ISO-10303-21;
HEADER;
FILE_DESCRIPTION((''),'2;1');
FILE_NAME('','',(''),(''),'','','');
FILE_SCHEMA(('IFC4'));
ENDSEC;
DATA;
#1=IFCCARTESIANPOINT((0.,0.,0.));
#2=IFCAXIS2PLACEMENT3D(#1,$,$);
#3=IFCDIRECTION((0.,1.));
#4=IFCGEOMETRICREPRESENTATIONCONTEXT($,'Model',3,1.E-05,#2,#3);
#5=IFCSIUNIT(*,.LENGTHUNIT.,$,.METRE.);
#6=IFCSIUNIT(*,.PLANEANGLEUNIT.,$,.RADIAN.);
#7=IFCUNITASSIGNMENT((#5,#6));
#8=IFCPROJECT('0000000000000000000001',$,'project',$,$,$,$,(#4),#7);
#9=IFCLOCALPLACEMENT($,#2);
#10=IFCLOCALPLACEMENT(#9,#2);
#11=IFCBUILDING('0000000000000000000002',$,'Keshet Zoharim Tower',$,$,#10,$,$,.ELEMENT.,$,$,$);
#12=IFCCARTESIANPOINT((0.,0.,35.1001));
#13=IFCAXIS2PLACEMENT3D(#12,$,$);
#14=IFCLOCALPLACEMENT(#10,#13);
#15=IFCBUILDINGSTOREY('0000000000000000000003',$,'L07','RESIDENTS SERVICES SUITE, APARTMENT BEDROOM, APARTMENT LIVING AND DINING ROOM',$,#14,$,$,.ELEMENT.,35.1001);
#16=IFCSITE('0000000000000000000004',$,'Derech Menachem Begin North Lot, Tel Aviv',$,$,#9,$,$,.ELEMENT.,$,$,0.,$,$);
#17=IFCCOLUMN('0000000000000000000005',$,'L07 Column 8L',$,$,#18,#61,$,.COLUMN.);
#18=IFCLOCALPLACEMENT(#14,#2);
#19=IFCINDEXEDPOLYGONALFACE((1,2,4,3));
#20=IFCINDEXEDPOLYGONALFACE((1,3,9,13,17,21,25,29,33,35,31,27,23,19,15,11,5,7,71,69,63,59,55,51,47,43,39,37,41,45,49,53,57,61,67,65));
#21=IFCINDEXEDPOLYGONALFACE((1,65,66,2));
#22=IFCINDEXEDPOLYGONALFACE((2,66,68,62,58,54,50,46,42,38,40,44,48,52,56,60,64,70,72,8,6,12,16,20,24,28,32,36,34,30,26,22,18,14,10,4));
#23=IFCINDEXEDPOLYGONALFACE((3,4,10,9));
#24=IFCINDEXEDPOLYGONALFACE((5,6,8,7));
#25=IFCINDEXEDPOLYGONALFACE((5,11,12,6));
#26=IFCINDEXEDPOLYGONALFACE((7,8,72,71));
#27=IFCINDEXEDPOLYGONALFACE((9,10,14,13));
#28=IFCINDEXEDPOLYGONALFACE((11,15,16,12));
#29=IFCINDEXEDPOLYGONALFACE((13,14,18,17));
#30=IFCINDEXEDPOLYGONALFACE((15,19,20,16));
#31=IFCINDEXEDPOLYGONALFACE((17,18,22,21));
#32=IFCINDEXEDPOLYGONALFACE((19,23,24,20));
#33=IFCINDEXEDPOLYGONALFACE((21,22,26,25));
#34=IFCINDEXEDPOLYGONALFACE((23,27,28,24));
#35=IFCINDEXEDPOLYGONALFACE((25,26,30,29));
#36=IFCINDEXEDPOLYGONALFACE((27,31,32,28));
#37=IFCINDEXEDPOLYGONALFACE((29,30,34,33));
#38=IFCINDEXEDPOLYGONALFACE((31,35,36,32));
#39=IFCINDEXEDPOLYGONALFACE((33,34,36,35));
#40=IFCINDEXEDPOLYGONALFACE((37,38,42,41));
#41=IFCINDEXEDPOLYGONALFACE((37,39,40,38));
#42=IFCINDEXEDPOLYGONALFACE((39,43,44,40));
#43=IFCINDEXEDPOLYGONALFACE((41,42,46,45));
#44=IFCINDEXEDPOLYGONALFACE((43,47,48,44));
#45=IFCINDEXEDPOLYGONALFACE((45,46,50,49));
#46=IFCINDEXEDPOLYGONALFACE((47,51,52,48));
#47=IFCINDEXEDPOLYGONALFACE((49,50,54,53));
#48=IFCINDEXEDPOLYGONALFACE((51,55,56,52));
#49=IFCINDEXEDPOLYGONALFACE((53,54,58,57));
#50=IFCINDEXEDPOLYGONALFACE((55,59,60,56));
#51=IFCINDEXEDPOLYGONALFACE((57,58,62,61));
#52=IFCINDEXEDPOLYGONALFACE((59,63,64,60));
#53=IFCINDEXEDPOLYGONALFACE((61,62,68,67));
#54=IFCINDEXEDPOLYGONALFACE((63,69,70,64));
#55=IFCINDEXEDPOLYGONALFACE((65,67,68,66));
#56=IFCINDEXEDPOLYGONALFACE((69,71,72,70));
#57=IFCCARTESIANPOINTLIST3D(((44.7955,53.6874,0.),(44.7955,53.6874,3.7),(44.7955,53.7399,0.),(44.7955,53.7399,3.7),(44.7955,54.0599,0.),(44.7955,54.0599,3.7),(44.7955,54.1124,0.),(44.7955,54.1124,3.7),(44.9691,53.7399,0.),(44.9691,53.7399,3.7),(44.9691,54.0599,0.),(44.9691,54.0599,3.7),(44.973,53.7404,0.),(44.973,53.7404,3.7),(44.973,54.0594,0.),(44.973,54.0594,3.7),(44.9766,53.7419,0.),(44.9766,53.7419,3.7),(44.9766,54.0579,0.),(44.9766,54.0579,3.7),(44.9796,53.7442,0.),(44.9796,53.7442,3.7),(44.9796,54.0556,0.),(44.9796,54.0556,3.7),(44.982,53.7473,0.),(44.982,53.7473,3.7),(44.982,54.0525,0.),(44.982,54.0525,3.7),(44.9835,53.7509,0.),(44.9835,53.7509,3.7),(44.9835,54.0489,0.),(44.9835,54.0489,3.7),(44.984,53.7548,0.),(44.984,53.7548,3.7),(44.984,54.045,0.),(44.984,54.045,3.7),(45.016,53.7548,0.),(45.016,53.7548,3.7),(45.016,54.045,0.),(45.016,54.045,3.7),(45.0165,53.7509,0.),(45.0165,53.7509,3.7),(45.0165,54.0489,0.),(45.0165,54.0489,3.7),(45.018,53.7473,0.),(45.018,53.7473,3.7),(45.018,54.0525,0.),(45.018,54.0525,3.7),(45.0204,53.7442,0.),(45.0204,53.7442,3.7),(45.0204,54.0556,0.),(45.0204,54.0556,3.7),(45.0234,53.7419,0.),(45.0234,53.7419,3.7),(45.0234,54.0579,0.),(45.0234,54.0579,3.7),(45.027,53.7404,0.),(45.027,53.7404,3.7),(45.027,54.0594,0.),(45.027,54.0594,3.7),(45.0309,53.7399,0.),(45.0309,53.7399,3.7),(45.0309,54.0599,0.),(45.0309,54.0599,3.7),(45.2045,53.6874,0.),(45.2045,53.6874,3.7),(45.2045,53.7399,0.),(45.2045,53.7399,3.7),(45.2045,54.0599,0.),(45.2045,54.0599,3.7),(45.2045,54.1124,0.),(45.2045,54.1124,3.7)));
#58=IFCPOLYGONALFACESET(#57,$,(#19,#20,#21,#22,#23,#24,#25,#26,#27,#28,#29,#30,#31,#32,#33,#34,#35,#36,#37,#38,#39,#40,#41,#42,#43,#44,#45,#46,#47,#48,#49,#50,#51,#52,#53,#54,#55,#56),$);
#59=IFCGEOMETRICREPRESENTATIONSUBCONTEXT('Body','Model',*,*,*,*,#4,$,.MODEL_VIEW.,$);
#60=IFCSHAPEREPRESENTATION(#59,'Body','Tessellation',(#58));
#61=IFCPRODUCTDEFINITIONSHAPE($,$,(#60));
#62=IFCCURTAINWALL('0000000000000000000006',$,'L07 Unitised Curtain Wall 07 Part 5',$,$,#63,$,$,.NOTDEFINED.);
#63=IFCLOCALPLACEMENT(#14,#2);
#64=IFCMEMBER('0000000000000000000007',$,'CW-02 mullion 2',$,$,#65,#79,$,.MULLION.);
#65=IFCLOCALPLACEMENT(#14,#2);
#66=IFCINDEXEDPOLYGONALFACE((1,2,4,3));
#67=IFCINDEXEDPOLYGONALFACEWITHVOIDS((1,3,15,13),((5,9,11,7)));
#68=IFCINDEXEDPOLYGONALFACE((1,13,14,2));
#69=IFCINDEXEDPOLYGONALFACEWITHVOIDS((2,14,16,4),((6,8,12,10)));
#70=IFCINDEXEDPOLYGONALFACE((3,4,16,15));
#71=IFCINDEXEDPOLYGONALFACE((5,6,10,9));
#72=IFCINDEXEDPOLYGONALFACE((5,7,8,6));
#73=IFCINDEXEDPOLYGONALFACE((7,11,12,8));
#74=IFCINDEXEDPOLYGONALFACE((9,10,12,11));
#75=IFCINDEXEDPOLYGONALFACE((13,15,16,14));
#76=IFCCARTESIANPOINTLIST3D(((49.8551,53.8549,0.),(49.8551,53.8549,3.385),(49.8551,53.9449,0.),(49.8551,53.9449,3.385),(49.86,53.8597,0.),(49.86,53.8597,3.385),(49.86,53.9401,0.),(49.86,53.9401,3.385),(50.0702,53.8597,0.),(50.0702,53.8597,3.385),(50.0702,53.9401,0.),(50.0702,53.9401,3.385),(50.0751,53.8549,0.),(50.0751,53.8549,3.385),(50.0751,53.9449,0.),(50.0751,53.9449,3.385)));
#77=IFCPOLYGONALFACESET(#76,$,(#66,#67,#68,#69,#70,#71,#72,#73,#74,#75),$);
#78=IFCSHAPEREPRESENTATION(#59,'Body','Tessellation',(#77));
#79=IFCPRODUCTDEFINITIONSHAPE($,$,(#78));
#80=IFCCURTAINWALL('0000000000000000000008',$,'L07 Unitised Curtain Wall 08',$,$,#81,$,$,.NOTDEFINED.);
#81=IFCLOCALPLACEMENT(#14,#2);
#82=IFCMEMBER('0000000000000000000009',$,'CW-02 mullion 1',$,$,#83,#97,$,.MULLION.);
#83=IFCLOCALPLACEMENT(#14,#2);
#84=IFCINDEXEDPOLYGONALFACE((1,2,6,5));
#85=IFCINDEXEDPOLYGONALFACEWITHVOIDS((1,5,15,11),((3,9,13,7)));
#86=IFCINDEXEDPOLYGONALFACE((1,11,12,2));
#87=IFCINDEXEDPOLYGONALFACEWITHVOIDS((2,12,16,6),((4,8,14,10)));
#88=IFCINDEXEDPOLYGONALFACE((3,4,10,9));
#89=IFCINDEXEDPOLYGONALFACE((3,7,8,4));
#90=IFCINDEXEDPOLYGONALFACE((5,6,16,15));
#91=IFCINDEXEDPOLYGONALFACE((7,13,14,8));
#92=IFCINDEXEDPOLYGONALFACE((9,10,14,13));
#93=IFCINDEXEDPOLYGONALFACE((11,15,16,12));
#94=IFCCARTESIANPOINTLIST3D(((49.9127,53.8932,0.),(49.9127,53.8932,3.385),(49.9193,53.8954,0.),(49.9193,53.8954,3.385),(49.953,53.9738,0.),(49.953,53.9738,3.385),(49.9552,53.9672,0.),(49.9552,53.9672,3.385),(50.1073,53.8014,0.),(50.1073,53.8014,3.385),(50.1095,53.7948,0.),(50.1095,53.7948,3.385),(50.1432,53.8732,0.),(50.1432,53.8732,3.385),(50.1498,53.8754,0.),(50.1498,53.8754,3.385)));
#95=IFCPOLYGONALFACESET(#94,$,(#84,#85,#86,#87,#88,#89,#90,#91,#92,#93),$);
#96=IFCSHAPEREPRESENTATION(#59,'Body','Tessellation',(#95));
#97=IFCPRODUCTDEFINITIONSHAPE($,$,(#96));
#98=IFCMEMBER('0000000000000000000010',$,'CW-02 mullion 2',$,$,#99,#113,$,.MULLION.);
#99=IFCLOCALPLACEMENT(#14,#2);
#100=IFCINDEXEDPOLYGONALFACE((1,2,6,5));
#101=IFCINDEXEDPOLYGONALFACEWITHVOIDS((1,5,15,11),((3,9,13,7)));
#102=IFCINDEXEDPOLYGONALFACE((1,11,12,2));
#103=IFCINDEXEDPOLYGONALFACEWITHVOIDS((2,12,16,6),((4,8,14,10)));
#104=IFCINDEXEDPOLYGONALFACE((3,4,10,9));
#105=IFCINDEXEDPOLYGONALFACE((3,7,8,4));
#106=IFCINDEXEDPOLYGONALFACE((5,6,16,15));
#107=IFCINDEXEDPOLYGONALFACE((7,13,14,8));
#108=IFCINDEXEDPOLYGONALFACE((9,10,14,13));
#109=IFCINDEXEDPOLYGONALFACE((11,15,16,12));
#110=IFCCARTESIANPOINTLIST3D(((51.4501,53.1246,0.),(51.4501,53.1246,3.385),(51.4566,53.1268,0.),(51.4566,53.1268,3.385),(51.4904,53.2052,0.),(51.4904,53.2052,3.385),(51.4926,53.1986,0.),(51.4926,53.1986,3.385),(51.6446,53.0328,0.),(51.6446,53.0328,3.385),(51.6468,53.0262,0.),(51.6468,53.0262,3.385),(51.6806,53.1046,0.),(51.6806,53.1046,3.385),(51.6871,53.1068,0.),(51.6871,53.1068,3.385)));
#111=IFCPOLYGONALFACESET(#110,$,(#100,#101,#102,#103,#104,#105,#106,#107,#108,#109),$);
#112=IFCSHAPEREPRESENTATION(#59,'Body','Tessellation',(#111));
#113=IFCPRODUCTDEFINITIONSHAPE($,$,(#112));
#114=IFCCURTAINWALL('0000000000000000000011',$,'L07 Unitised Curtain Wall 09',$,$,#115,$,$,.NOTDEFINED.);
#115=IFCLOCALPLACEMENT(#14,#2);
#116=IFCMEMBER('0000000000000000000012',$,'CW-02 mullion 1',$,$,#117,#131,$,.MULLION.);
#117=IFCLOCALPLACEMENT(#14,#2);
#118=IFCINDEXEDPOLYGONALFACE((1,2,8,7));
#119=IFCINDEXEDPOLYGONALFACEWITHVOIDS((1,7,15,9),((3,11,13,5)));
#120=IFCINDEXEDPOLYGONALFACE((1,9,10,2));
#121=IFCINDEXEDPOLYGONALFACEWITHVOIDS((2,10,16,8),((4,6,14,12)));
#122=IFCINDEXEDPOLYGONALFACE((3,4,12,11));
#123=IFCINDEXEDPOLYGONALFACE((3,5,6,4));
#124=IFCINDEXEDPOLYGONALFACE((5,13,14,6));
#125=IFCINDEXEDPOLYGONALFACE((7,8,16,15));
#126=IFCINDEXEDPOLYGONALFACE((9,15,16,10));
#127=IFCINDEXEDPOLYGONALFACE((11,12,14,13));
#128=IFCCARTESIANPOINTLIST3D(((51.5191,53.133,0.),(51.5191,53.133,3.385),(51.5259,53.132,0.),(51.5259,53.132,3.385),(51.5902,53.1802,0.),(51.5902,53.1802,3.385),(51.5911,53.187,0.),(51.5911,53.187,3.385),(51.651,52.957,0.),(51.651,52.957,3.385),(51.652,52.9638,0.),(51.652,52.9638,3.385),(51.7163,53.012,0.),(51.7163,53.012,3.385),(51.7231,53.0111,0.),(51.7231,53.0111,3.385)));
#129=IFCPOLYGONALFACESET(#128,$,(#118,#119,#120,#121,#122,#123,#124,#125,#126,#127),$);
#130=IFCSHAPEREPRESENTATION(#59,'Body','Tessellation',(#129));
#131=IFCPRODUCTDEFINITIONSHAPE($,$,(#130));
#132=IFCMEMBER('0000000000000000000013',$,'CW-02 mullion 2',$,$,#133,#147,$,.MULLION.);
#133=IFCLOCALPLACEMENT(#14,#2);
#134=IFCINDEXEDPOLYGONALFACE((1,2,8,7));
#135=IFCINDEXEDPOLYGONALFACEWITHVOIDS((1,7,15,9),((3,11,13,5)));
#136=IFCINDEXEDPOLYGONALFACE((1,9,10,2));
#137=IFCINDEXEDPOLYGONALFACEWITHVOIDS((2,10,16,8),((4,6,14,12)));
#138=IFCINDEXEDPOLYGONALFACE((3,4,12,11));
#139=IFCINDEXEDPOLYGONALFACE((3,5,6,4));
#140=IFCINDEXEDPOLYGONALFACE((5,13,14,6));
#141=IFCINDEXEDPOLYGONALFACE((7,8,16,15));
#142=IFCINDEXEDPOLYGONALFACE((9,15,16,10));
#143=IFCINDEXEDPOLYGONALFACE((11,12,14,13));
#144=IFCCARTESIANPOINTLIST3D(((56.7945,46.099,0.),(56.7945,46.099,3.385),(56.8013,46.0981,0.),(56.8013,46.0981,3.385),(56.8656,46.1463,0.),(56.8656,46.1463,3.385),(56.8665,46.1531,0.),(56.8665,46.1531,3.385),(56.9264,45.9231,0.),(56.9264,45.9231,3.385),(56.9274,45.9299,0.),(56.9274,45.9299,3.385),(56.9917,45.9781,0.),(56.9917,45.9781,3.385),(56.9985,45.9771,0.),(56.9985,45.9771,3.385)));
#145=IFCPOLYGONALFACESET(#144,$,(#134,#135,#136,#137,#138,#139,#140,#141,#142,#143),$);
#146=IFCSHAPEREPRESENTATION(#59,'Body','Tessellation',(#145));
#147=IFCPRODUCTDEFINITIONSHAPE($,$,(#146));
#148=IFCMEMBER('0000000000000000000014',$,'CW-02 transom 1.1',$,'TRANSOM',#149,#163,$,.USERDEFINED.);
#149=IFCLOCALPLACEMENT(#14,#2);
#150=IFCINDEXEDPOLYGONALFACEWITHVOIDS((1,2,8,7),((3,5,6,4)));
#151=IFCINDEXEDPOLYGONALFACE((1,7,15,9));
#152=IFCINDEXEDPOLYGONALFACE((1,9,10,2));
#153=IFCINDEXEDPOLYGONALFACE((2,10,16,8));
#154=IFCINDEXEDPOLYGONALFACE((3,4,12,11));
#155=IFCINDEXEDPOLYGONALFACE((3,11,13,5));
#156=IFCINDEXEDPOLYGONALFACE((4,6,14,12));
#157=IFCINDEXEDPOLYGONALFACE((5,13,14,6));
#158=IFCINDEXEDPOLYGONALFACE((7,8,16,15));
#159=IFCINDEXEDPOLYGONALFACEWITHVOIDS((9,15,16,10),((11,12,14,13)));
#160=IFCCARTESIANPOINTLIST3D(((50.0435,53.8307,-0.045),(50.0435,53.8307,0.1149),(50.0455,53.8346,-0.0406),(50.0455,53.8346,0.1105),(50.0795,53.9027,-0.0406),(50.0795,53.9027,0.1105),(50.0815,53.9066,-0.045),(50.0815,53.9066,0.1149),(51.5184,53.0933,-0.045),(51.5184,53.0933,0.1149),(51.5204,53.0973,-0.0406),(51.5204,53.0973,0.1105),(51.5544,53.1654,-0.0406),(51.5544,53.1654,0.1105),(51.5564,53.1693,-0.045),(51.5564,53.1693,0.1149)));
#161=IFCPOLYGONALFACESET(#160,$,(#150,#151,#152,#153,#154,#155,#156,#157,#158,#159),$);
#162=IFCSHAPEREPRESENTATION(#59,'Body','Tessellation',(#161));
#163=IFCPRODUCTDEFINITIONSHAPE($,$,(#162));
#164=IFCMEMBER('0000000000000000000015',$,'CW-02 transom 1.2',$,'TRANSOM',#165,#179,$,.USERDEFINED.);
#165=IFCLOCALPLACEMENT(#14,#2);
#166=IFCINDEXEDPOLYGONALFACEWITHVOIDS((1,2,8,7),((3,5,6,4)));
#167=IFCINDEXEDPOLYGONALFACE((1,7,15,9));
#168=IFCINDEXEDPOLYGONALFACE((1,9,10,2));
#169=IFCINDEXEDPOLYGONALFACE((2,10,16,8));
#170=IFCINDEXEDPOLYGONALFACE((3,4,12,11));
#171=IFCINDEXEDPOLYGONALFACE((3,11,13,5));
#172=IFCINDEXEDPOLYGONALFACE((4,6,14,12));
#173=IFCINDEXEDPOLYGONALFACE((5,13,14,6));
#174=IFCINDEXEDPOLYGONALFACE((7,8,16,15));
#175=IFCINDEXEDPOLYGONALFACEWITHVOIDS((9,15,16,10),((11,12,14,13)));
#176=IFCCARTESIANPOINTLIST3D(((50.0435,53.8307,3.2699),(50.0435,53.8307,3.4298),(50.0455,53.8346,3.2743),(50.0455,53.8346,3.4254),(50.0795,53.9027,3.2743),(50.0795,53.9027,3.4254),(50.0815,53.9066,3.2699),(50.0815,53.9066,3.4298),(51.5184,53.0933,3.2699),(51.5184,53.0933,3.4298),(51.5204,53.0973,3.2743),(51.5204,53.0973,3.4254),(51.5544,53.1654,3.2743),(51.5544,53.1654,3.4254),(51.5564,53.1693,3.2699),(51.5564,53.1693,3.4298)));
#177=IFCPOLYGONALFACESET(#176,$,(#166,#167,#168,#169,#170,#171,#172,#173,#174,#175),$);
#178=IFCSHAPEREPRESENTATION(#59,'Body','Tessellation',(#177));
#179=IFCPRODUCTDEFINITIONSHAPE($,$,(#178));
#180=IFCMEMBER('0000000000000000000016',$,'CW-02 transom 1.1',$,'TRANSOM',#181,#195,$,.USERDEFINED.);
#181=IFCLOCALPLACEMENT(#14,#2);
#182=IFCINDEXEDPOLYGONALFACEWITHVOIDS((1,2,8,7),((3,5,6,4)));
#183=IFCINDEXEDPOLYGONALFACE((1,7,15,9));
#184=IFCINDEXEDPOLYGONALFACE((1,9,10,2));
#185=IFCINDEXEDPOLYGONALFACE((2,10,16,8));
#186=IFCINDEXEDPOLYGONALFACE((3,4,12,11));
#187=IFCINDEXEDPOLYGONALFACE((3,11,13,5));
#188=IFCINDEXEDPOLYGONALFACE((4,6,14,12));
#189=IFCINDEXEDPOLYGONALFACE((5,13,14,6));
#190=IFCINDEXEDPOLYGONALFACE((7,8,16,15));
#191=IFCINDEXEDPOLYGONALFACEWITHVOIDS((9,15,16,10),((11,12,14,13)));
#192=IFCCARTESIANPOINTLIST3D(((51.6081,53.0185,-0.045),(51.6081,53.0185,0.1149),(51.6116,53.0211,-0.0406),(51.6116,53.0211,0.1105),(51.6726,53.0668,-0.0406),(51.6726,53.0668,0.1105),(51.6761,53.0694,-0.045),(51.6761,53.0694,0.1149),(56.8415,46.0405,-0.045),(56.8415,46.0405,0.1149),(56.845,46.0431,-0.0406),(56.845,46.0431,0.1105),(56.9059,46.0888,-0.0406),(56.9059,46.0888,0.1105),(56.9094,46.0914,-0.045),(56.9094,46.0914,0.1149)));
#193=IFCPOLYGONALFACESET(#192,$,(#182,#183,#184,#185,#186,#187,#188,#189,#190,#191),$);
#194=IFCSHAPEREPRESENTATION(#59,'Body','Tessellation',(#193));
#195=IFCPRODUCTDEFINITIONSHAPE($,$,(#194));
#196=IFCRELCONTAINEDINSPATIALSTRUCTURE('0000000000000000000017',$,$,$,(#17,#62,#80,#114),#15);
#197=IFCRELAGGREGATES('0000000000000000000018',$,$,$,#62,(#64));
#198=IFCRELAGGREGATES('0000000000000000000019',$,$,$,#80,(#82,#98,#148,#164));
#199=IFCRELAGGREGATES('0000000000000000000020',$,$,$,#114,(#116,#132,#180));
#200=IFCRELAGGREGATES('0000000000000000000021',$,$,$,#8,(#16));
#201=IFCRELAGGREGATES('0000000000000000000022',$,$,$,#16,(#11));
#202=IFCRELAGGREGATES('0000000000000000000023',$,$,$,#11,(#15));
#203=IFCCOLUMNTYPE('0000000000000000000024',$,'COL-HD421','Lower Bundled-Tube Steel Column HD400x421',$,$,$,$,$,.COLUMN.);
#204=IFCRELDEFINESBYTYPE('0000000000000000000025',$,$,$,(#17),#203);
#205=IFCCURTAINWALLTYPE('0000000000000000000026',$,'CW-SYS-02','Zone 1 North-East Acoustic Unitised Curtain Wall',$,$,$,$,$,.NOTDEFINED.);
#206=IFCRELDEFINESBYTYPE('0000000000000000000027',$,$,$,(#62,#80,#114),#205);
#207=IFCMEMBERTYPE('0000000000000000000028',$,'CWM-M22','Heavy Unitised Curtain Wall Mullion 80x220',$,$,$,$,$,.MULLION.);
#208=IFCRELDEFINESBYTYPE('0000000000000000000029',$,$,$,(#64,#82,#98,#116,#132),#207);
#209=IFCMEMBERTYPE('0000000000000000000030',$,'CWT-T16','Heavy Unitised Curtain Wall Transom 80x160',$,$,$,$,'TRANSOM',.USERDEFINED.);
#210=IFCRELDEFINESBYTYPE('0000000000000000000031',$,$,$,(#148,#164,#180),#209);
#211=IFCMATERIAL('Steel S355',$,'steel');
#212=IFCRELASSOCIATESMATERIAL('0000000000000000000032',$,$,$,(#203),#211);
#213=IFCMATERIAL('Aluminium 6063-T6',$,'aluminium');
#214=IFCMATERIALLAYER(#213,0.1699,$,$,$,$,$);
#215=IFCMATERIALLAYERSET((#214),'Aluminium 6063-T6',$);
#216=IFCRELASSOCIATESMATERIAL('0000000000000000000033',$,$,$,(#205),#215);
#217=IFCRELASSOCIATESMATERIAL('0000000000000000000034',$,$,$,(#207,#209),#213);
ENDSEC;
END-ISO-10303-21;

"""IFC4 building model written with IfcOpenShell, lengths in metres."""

from ifc_helpers import new_model, si_unit, direction, frame, origin, origin_2d, place, context, subcontext, project, spatial, hollow_rectangle, i_section, extrude, material, layer, layer_set, material_profile, profile_set, type_object, element, aggregate, save


model = new_model("IFC4")

# Units and contexts
model_context = context("Model", 3, precision=1e-05, world=origin(), true_north=direction((0.0, 1.0)))
body_context = subcontext(model_context, "Body", "Model", "MODEL_VIEW")
ifc_project = project(units=[si_unit("LENGTHUNIT", "METRE"), si_unit("PLANEANGLEUNIT", "RADIAN")], contexts=[model_context])

# Site, building, storey
site_placement = place(None, origin())
site = spatial("IfcSite", under=ifc_project, at=site_placement, Name="Derech Menachem Begin North Lot, Tel Aviv", CompositionType="ELEMENT", RefElevation=0.0)
building_placement = place(site_placement, origin())
building = spatial("IfcBuilding", under=site, at=building_placement, Name="Keshet Zoharim Tower", CompositionType="ELEMENT")
storey_placement = place(building_placement, frame((0.0, 0.0, 35.1001)))
storey = spatial("IfcBuildingStorey", under=building, at=storey_placement, Name="L07", Description="RESIDENTS SERVICES SUITE, APARTMENT BEDROOM, APARTMENT LIVING AND DINING ROOM", CompositionType="ELEMENT", Elevation=35.1001)

# Column
ifc_material_1 = material(Name="Steel S355", Category="steel")
ifc_material_profile_1 = material_profile(ifc_material_1, i_section(OverallWidth=0.4089, OverallDepth=0.425, WebThickness=0.032, FlangeThickness=0.0525, FilletRadius=0.0149, at=origin_2d()), Name="HD400x421")
ifc_profile_set_1 = profile_set([ifc_material_profile_1], Name="Steel S355")
column_type = type_object("IfcColumnType", Name="COL-HD421", Description="Lower Bundled-Tube Steel Column HD400x421", PredefinedType="COLUMN", material=ifc_profile_set_1)
column_placement = place(storey_placement, frame((45.0, 53.8999, 0.0), z_axis=(0.0, 0.0, 1.0), x_axis=(1.0, 0.0, 0.0)))
element("IfcColumn", 1, at=column_placement, inside=storey, type_object=column_type, Name="L07 Column 8L", PredefinedType="COLUMN", context=body_context, shape_type="SweptSolid", body=[
    extrude(i_section(OverallWidth=0.4089, OverallDepth=0.425, WebThickness=0.032, FlangeThickness=0.0525, FilletRadius=0.0149, at=origin_2d()), origin(), (0.0, 0.0, 1.0), 3.7),
])

# Curtain wall, member
ifc_material_2 = material(Name="Aluminium 6063-T6", Category="aluminium")
ifc_layer_1 = layer(ifc_material_2, 0.1699)
ifc_layer_set_1 = layer_set([ifc_layer_1], Name="Aluminium 6063-T6")
curtain_wall_type = type_object("IfcCurtainWallType", Name="CW-SYS-02", Description="Zone 1 North-East Acoustic Unitised Curtain Wall", PredefinedType="NOTDEFINED", material=ifc_layer_set_1)
curtain_wall_1_placement = place(storey_placement, origin())
curtain_wall_1 = element("IfcCurtainWall", 2, at=curtain_wall_1_placement, inside=storey, type_object=curtain_wall_type, Name="L07 Unitised Curtain Wall 07 Part 5", PredefinedType="NOTDEFINED")
ifc_material_profile_2 = material_profile(ifc_material_2, hollow_rectangle(XDim=0.0901, YDim=0.22, WallThickness=0.0049, at=origin_2d()), Name="MUL-90x220")
ifc_profile_set_2 = profile_set([ifc_material_profile_2], Name="Aluminium 6063-T6")
member_type_1 = type_object("IfcMemberType", Name="CWM-M22", Description="Heavy Unitised Curtain Wall Mullion 80x220", PredefinedType="MULLION", material=ifc_profile_set_2)
member_1_placement = place(storey_placement, frame((49.9651, 53.8999, 0.0), z_axis=(0.0, 0.0, 1.0), x_axis=(0.0, 1.0, 0.0)))
member_1 = element("IfcMember", 3, at=member_1_placement, type_object=member_type_1, Name="CW-02 mullion 2", PredefinedType="MULLION", context=body_context, shape_type="SweptSolid", body=[
    extrude(hollow_rectangle(XDim=0.0901, YDim=0.22, WallThickness=0.0049, at=origin_2d()), origin(), (0.0, 0.0, 1.0), 3.385),
])

# Curtain walls, members
curtain_wall_2_placement = place(storey_placement, origin())
curtain_wall_2 = element("IfcCurtainWall", 4, at=curtain_wall_2_placement, inside=storey, type_object=curtain_wall_type, Name="L07 Unitised Curtain Wall 08", PredefinedType="NOTDEFINED")
member_2_placement = place(storey_placement, frame((50.0312, 53.8843, 0.0), z_axis=(0.0, 0.0, 1.0), x_axis=(0.447214, 0.894427, 0.0)))
member_2 = element("IfcMember", 5, at=member_2_placement, type_object=member_type_1, Name="CW-02 mullion 1", PredefinedType="MULLION", context=body_context, shape_type="SweptSolid", body=[
    extrude(hollow_rectangle(XDim=0.0901, YDim=0.22, WallThickness=0.0049, at=origin_2d()), origin(), (0.0, 0.0, 1.0), 3.385),
])
member_3_placement = place(storey_placement, frame((51.5686, 53.1157, 0.0), z_axis=(0.0, 0.0, 1.0), x_axis=(0.447214, 0.894427, 0.0)))
member_3 = element("IfcMember", 6, at=member_3_placement, type_object=member_type_1, Name="CW-02 mullion 2", PredefinedType="MULLION", context=body_context, shape_type="SweptSolid", body=[
    extrude(hollow_rectangle(XDim=0.0901, YDim=0.22, WallThickness=0.0049, at=origin_2d()), origin(), (0.0, 0.0, 1.0), 3.385),
])
curtain_wall_3_placement = place(storey_placement, origin())
curtain_wall_3 = element("IfcCurtainWall", 7, at=curtain_wall_3_placement, inside=storey, type_object=curtain_wall_type, Name="L07 Unitised Curtain Wall 09", PredefinedType="NOTDEFINED")
member_4_placement = place(storey_placement, frame((51.6211, 53.072, 0.0), z_axis=(0.0, 0.0, 1.0), x_axis=(0.8, 0.6, 0.0)))
member_4 = element("IfcMember", 8, at=member_4_placement, type_object=member_type_1, Name="CW-02 mullion 1", PredefinedType="MULLION", context=body_context, shape_type="SweptSolid", body=[
    extrude(hollow_rectangle(XDim=0.0901, YDim=0.22, WallThickness=0.0049, at=origin_2d()), origin(), (0.0, 0.0, 1.0), 3.385),
])
member_5_placement = place(storey_placement, frame((56.8965, 46.0381, 0.0), z_axis=(0.0, 0.0, 1.0), x_axis=(0.8, 0.6, 0.0)))
member_5 = element("IfcMember", 9, at=member_5_placement, type_object=member_type_1, Name="CW-02 mullion 2", PredefinedType="MULLION", context=body_context, shape_type="SweptSolid", body=[
    extrude(hollow_rectangle(XDim=0.0901, YDim=0.22, WallThickness=0.0049, at=origin_2d()), origin(), (0.0, 0.0, 1.0), 3.385),
])

# Members
ifc_material_profile_3 = material_profile(ifc_material_2, hollow_rectangle(XDim=0.085, YDim=0.1599, WallThickness=0.0044, at=origin_2d()), Name="TRN-85x160")
ifc_profile_set_3 = profile_set([ifc_material_profile_3], Name="Aluminium 6063-T6")
member_type_2 = type_object("IfcMemberType", Name="CWT-T16", Description="Heavy Unitised Curtain Wall Transom 80x160", ElementType="TRANSOM", PredefinedType="USERDEFINED", material=ifc_profile_set_3)
member_6_placement = place(storey_placement, frame((50.0625, 53.8687, 0.0349), z_axis=(0.894457, -0.447154, 0.0), x_axis=(0.447154, 0.894457, 0.0)))
member_6 = element("IfcMember", 10, at=member_6_placement, type_object=member_type_2, Name="CW-02 transom 1.1", ObjectType="TRANSOM", PredefinedType="USERDEFINED", context=body_context, shape_type="SweptSolid", body=[
    extrude(hollow_rectangle(XDim=0.085, YDim=0.1599, WallThickness=0.0044, at=origin_2d()), origin(), (0.0, 0.0, 1.0), 1.6489),
])
member_7_placement = place(storey_placement, frame((50.0625, 53.8687, 3.3499), z_axis=(0.894457, -0.447154, 0.0), x_axis=(0.447154, 0.894457, 0.0)))
member_7 = element("IfcMember", 11, at=member_7_placement, type_object=member_type_2, Name="CW-02 transom 1.2", ObjectType="TRANSOM", PredefinedType="USERDEFINED", context=body_context, shape_type="SweptSolid", body=[
    extrude(hollow_rectangle(XDim=0.085, YDim=0.1599, WallThickness=0.0044, at=origin_2d()), origin(), (0.0, 0.0, 1.0), 1.6489),
])
member_8_placement = place(storey_placement, frame((51.6421, 53.0439, 0.0349), z_axis=(0.599991, -0.800007, 0.0), x_axis=(0.800007, 0.599991, 0.0)))
member_8 = element("IfcMember", 12, at=member_8_placement, type_object=member_type_2, Name="CW-02 transom 1.1", ObjectType="TRANSOM", PredefinedType="USERDEFINED", context=body_context, shape_type="SweptSolid", body=[
    extrude(hollow_rectangle(XDim=0.085, YDim=0.1599, WallThickness=0.0044, at=origin_2d()), origin(), (0.0, 0.0, 1.0), 8.7224),
])

aggregate(curtain_wall_1, [member_1])
aggregate(curtain_wall_2, [member_2, member_3, member_6, member_7])
aggregate(curtain_wall_3, [member_4, member_5, member_8])

save(model, "model.ifc")
